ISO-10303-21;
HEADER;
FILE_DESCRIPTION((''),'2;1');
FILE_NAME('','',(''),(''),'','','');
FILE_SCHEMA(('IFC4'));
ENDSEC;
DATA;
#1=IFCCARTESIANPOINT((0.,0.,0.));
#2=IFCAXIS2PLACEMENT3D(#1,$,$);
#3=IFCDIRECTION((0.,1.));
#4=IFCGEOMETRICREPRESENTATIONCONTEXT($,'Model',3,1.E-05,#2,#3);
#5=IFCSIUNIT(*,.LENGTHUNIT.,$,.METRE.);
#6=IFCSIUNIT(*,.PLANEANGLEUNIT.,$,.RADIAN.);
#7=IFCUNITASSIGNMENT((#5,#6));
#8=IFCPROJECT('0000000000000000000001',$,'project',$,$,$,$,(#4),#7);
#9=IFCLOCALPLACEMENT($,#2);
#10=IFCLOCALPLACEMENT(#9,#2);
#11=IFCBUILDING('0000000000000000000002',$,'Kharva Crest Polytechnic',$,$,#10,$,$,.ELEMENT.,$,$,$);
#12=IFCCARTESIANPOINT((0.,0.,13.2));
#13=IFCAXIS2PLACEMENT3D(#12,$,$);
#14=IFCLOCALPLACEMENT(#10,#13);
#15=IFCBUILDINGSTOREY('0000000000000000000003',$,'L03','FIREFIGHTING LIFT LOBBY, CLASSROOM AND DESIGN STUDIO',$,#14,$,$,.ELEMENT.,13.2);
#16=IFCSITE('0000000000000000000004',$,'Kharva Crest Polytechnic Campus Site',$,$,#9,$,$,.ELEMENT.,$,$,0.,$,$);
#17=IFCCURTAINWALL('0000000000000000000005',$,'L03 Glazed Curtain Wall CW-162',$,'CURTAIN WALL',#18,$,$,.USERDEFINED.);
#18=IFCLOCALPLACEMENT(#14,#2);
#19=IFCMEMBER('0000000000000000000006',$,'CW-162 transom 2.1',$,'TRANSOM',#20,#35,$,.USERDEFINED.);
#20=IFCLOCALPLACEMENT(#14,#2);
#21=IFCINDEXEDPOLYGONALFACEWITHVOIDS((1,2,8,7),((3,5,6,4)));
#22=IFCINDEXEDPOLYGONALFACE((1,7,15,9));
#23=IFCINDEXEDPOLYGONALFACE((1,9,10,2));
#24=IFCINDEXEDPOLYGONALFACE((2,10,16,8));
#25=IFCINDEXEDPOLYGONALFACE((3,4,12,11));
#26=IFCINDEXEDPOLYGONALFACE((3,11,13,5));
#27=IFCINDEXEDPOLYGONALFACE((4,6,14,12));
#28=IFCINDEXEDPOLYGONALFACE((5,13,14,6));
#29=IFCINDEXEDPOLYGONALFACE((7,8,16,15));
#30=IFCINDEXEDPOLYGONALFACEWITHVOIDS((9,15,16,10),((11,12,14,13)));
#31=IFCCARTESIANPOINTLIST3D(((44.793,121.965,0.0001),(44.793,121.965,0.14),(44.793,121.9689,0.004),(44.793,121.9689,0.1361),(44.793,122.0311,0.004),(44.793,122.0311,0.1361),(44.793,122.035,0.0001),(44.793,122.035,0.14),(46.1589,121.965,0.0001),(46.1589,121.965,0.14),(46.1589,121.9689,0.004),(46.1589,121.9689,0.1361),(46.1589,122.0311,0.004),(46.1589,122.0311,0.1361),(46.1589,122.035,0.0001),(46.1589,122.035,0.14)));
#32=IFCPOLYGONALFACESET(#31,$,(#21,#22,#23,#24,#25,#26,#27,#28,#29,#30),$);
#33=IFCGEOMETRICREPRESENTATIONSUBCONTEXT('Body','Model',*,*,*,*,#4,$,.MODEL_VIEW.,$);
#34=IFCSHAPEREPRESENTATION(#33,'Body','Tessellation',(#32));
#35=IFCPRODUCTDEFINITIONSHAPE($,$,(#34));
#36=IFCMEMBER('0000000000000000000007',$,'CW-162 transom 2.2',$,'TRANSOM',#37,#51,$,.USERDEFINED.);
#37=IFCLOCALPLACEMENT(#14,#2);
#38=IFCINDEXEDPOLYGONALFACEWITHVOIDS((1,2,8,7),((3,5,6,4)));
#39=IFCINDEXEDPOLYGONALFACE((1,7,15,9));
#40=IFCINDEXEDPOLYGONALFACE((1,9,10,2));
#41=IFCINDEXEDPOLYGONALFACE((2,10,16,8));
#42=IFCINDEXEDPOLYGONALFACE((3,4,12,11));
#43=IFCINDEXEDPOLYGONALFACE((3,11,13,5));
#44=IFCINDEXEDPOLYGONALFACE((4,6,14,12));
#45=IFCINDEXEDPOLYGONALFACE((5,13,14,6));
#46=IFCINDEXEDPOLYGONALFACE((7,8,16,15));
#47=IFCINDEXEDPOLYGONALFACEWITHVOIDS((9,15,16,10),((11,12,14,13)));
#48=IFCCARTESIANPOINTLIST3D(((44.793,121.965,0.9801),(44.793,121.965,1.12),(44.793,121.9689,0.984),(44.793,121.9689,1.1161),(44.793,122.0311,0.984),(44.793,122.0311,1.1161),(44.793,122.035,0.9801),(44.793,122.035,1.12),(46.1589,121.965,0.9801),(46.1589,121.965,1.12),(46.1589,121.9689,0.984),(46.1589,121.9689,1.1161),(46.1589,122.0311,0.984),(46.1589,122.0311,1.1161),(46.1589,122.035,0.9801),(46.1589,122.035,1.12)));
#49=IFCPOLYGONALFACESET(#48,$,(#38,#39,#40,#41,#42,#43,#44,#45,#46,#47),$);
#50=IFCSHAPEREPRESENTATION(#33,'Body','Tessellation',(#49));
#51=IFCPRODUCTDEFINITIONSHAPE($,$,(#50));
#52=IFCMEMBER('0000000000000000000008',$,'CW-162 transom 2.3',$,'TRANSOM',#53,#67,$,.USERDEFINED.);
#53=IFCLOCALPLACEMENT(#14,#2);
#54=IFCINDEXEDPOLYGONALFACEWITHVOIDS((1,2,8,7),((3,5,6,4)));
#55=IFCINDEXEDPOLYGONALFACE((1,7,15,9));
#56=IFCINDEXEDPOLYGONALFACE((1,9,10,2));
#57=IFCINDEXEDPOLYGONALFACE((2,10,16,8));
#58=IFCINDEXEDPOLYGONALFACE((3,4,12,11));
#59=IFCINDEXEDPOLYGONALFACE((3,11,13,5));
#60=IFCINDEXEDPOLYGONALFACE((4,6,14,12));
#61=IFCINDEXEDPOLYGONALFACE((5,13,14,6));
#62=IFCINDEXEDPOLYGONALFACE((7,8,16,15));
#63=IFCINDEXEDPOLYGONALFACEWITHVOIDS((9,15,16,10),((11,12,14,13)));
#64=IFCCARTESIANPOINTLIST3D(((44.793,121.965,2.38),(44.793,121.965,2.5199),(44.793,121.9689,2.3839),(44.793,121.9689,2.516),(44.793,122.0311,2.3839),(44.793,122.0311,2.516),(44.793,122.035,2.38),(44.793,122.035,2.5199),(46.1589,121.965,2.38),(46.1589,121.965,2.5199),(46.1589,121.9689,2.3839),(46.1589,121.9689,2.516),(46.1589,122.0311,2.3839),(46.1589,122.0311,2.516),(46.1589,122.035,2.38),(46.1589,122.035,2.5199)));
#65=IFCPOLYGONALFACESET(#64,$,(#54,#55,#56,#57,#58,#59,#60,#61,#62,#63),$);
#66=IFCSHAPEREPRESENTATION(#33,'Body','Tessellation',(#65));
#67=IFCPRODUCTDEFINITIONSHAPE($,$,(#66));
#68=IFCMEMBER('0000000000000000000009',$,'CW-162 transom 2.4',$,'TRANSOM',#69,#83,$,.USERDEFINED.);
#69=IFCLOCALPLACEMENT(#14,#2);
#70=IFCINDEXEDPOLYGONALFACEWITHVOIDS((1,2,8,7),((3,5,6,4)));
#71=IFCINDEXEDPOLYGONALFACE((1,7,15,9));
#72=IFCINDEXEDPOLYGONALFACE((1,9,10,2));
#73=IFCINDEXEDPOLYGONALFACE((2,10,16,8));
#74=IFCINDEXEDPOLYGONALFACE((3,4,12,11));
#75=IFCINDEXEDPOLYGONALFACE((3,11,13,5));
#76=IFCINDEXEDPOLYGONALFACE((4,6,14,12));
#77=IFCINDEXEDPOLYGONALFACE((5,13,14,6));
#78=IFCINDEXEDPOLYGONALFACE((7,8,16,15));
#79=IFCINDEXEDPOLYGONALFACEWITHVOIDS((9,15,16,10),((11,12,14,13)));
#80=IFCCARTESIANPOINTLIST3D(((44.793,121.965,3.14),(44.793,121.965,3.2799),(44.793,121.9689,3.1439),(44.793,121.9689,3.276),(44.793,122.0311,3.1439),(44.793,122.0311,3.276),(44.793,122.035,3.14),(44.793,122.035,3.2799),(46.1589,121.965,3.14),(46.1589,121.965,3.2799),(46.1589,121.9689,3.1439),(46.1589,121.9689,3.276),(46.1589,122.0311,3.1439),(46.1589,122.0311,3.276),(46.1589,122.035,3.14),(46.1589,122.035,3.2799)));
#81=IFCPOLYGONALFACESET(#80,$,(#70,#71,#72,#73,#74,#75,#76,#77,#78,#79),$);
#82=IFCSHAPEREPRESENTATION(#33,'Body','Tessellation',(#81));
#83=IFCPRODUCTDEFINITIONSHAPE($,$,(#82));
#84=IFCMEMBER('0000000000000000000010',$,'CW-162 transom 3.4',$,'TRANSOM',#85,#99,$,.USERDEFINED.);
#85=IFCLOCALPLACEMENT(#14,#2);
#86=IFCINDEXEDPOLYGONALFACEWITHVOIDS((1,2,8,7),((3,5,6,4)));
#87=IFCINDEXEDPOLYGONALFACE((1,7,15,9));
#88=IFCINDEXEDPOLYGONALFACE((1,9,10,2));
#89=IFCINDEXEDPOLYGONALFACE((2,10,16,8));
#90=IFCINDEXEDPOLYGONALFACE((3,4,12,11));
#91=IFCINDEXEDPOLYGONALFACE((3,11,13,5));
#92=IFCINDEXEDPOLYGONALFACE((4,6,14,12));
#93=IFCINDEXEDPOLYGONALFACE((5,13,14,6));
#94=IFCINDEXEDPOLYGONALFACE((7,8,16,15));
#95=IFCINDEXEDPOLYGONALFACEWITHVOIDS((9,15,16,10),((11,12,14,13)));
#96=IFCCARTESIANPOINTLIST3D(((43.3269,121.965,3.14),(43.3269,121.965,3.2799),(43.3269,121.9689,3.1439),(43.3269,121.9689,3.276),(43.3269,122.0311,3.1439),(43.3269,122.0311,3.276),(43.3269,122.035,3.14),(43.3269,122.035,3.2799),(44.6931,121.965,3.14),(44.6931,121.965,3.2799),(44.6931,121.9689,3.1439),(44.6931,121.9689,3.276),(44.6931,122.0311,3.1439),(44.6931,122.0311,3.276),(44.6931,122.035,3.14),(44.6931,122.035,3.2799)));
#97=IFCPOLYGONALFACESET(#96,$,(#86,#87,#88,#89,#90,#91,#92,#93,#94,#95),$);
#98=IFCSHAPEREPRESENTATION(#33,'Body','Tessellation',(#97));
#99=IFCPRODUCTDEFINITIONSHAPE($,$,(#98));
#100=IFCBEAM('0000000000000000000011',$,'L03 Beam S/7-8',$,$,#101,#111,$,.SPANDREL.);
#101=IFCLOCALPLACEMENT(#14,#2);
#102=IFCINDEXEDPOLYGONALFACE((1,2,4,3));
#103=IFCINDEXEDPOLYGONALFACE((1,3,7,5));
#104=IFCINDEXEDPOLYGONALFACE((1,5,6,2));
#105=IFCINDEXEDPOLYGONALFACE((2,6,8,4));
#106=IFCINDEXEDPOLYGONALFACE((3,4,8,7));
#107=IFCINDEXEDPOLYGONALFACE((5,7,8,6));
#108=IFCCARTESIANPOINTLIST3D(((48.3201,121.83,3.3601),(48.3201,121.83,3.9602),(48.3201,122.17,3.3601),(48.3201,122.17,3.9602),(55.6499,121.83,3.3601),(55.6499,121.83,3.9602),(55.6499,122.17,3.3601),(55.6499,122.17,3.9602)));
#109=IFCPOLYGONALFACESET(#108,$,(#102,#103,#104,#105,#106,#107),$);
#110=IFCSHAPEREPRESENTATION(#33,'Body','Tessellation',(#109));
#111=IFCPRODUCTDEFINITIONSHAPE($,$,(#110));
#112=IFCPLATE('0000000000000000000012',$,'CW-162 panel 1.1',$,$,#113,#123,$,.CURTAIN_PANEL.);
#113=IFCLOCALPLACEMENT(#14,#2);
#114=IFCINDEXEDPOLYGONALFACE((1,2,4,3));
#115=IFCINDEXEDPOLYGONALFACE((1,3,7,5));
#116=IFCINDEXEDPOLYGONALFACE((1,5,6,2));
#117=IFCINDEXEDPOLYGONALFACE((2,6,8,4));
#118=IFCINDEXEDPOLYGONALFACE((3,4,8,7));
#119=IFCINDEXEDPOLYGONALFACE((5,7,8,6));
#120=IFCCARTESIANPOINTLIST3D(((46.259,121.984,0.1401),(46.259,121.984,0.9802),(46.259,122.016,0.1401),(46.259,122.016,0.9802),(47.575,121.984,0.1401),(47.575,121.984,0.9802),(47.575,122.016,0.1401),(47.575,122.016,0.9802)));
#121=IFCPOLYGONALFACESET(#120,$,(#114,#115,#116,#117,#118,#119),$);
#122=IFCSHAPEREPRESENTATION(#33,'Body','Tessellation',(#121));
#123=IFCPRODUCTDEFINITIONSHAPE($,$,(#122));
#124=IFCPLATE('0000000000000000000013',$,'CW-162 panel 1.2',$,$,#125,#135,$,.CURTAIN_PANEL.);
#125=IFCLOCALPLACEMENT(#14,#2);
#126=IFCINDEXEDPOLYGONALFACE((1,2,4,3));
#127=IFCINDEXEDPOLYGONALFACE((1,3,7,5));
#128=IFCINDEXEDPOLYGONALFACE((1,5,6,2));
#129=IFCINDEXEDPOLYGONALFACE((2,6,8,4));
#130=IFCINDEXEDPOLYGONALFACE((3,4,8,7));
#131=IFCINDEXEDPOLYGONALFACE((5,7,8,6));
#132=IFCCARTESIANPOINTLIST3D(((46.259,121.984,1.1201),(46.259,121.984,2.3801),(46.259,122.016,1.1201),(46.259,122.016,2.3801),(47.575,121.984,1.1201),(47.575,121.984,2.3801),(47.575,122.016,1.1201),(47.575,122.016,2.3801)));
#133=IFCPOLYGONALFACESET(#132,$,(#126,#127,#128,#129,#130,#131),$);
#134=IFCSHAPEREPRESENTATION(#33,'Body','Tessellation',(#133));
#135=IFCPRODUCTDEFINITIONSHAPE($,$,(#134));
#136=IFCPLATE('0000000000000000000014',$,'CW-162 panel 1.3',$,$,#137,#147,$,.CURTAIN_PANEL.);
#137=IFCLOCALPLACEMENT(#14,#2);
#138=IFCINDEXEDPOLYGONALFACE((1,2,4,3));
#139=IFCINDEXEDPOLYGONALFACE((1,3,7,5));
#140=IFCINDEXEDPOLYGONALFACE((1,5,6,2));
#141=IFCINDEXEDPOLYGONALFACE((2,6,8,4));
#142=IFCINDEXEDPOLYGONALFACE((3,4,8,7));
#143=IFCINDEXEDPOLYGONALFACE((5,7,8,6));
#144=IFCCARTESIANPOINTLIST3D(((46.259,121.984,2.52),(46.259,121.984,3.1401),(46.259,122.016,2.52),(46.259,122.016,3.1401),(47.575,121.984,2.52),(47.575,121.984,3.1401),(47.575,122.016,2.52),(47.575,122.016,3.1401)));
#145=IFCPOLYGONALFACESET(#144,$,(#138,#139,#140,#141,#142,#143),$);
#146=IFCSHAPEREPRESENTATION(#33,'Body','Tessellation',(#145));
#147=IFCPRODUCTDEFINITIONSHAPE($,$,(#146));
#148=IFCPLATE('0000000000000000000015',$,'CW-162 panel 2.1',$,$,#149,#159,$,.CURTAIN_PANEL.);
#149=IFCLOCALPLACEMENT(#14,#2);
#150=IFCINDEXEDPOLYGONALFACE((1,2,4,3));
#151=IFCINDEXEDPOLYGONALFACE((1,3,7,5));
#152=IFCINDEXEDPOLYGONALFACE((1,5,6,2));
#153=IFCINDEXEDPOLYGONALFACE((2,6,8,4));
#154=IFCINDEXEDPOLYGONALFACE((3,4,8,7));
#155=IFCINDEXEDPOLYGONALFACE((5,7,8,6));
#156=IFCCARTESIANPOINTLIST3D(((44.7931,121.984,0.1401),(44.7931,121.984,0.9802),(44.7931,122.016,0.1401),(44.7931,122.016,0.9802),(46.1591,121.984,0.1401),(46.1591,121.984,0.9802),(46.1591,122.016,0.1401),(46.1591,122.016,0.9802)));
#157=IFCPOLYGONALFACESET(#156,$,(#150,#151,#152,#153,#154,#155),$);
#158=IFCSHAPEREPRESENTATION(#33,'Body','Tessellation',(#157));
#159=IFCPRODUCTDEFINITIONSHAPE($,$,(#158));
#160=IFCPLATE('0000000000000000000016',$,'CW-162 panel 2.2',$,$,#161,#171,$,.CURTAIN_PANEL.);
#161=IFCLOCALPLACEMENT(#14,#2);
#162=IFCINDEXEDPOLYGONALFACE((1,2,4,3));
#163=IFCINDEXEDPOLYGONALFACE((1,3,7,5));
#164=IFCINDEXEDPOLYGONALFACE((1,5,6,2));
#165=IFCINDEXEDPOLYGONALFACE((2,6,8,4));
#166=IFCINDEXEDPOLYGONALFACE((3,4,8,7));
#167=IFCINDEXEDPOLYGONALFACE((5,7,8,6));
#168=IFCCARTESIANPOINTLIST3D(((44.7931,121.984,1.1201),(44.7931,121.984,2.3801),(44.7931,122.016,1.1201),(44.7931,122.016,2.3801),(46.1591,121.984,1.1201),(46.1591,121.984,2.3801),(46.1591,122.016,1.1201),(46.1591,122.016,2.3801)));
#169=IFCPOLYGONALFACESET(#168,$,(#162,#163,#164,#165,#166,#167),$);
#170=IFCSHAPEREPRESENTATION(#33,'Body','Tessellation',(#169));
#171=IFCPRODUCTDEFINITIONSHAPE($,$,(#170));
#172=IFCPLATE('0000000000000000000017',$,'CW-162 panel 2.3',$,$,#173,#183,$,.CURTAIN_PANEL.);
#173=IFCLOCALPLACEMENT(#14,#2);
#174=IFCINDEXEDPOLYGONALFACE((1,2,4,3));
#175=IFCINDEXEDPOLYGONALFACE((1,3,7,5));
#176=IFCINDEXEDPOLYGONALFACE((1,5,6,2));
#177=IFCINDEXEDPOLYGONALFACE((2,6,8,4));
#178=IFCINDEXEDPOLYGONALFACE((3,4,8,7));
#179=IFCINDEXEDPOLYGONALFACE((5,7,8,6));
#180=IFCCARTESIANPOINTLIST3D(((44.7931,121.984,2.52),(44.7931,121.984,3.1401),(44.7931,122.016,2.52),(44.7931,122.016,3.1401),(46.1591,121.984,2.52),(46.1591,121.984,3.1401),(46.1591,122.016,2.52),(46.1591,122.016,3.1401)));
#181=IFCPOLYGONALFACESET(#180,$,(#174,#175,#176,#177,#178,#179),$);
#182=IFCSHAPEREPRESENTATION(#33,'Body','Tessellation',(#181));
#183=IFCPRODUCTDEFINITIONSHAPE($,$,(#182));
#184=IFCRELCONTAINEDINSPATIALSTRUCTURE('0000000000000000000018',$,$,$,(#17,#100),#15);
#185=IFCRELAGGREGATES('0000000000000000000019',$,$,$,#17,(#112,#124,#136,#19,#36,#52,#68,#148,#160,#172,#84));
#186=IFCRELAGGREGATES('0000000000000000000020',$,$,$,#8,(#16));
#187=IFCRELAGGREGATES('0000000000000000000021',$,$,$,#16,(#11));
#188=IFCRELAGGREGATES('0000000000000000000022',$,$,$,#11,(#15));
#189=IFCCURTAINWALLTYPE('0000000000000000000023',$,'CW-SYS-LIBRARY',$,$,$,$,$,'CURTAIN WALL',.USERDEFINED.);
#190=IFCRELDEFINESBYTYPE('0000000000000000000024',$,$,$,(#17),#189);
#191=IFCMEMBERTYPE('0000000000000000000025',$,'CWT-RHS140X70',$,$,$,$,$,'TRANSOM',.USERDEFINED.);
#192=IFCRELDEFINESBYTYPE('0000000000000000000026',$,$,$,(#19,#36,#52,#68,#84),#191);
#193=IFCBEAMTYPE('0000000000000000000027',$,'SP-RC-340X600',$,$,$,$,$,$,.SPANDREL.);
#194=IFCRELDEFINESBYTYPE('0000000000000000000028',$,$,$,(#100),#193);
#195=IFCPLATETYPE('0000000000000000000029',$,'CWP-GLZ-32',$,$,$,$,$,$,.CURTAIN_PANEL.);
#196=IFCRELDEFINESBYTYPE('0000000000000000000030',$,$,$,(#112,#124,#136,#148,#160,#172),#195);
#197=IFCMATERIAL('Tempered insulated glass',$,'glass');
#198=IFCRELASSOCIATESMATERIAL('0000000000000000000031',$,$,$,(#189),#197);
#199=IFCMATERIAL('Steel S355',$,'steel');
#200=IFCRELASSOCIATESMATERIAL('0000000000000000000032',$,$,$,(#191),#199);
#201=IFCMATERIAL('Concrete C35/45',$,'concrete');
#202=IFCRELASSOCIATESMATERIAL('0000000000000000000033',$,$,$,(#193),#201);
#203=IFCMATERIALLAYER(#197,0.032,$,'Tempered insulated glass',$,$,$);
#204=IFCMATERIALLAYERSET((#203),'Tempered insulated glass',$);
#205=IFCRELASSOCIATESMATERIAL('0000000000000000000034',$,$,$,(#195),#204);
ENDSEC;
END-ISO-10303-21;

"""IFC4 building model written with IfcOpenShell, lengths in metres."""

from ifc_helpers import new_model, si_unit, direction, frame, origin, origin_2d, place, context, subcontext, project, spatial, rectangle, hollow_rectangle, extrude, material, layer, layer_set, material_profile, profile_set, type_object, element, aggregate, save


model = new_model("IFC4")

# Units and contexts
model_context = context("Model", 3, precision=1e-05, world=origin(), true_north=direction((0.0, 1.0)))
body_context = subcontext(model_context, "Body", "Model", "MODEL_VIEW")
ifc_project = project(units=[si_unit("LENGTHUNIT", "METRE"), si_unit("PLANEANGLEUNIT", "RADIAN")], contexts=[model_context])

# Site, building, storey
site_placement = place(None, origin())
site = spatial("IfcSite", under=ifc_project, at=site_placement, Name="Kharva Crest Polytechnic Campus Site", CompositionType="ELEMENT", RefElevation=0.0)
building_placement = place(site_placement, origin())
building = spatial("IfcBuilding", under=site, at=building_placement, Name="Kharva Crest Polytechnic", CompositionType="ELEMENT")
storey_placement = place(building_placement, frame((0.0, 0.0, 13.2)))
storey = spatial("IfcBuildingStorey", under=building, at=storey_placement, Name="L03", Description="FIREFIGHTING LIFT LOBBY, CLASSROOM AND DESIGN STUDIO", CompositionType="ELEMENT", Elevation=13.2)

# Curtain wall, members
ifc_material_1 = material(Name="Tempered insulated glass", Category="glass")
curtain_wall_type = type_object("IfcCurtainWallType", Name="CW-SYS-LIBRARY", ElementType="CURTAIN WALL", PredefinedType="USERDEFINED", material=ifc_material_1)
curtain_wall_placement = place(storey_placement, origin())
curtain_wall = element("IfcCurtainWall", 1, at=curtain_wall_placement, inside=storey, type_object=curtain_wall_type, Name="L03 Glazed Curtain Wall CW-162", ObjectType="CURTAIN WALL", PredefinedType="USERDEFINED")
ifc_material_2 = material(Name="Steel S355", Category="steel")
ifc_material_profile_1 = material_profile(ifc_material_2, hollow_rectangle(XDim=0.0701, YDim=0.1399, WallThickness=0.0039, at=origin_2d()), Name="RHS 140X70X4.0")
ifc_profile_set_1 = profile_set([ifc_material_profile_1], Name="Steel S355")
member_type_1 = type_object("IfcMemberType", Name="CWT-RHS140X70", ElementType="TRANSOM", PredefinedType="USERDEFINED", material=ifc_profile_set_1)
member_1_placement = place(storey_placement, frame((46.1589, 122.0, 0.0701), z_axis=(-1.0, 0.0, 0.0), x_axis=(0.0, -1.0, 0.0)))
member_1 = element("IfcMember", 2, at=member_1_placement, type_object=member_type_1, Name="CW-162 transom 2.1", ObjectType="TRANSOM", PredefinedType="USERDEFINED", context=body_context, shape_type="SweptSolid", body=[
    extrude(hollow_rectangle(XDim=0.0701, YDim=0.1399, WallThickness=0.0039, at=origin_2d()), origin(), (0.0, 0.0, 1.0), 1.366),
])
member_2_placement = place(storey_placement, frame((46.1589, 122.0, 1.05), z_axis=(-1.0, 0.0, 0.0), x_axis=(0.0, -1.0, 0.0)))
member_2 = element("IfcMember", 3, at=member_2_placement, type_object=member_type_1, Name="CW-162 transom 2.2", ObjectType="TRANSOM", PredefinedType="USERDEFINED", context=body_context, shape_type="SweptSolid", body=[
    extrude(hollow_rectangle(XDim=0.0701, YDim=0.1399, WallThickness=0.0039, at=origin_2d()), origin(), (0.0, 0.0, 1.0), 1.366),
])
member_3_placement = place(storey_placement, frame((46.1589, 122.0, 2.45), z_axis=(-1.0, 0.0, 0.0), x_axis=(0.0, -1.0, 0.0)))
member_3 = element("IfcMember", 4, at=member_3_placement, type_object=member_type_1, Name="CW-162 transom 2.3", ObjectType="TRANSOM", PredefinedType="USERDEFINED", context=body_context, shape_type="SweptSolid", body=[
    extrude(hollow_rectangle(XDim=0.0701, YDim=0.1399, WallThickness=0.0039, at=origin_2d()), origin(), (0.0, 0.0, 1.0), 1.366),
])
member_4_placement = place(storey_placement, frame((46.1589, 122.0, 3.21), z_axis=(-1.0, 0.0, 0.0), x_axis=(0.0, -1.0, 0.0)))
member_4 = element("IfcMember", 5, at=member_4_placement, type_object=member_type_1, Name="CW-162 transom 2.4", ObjectType="TRANSOM", PredefinedType="USERDEFINED", context=body_context, shape_type="SweptSolid", body=[
    extrude(hollow_rectangle(XDim=0.0701, YDim=0.1399, WallThickness=0.0039, at=origin_2d()), origin(), (0.0, 0.0, 1.0), 1.366),
])
member_5_placement = place(storey_placement, frame((44.6931, 122.0, 3.21), z_axis=(-1.0, 0.0, 0.0), x_axis=(0.0, -1.0, 0.0)))
member_5 = element("IfcMember", 6, at=member_5_placement, type_object=member_type_1, Name="CW-162 transom 3.4", ObjectType="TRANSOM", PredefinedType="USERDEFINED", context=body_context, shape_type="SweptSolid", body=[
    extrude(hollow_rectangle(XDim=0.0701, YDim=0.1399, WallThickness=0.0039, at=origin_2d()), origin(), (0.0, 0.0, 1.0), 1.3662),
])

# Beam
ifc_material_3 = material(Name="Concrete C35/45", Category="concrete")
ifc_material_profile_2 = material_profile(ifc_material_3, rectangle(XDim=0.3401, YDim=0.6001, at=origin_2d()), Name="RECT 340 X 600")
ifc_profile_set_2 = profile_set([ifc_material_profile_2], Name="Concrete C35/45")
beam_type = type_object("IfcBeamType", Name="SP-RC-340X600", PredefinedType="SPANDREL", material=ifc_profile_set_2)
beam_placement = place(storey_placement, frame((48.3201, 122.0, 3.6602), z_axis=(1.0, 0.0, 0.0), x_axis=(0.0, 1.0, 0.0)))
element("IfcBeam", 7, at=beam_placement, inside=storey, type_object=beam_type, Name="L03 Beam S/7-8", PredefinedType="SPANDREL", context=body_context, shape_type="SweptSolid", body=[
    extrude(rectangle(XDim=0.3401, YDim=0.6001, at=origin_2d()), origin(), (0.0, 0.0, 1.0), 7.3298),
])

# Plates
ifc_layer_1 = layer(ifc_material_1, 0.032, Name="Tempered insulated glass")
ifc_layer_set_1 = layer_set([ifc_layer_1], Name="Tempered insulated glass")
plate_type = type_object("IfcPlateType", Name="CWP-GLZ-32", PredefinedType="CURTAIN_PANEL", material=ifc_layer_set_1)
plate_1_placement = place(storey_placement, frame((46.917, 122.0, 0.1401), z_axis=(0.0, 0.0, 1.0), x_axis=(-1.0, 0.0, 0.0)))
plate_1 = element("IfcPlate", 8, at=plate_1_placement, type_object=plate_type, Name="CW-162 panel 1.1", PredefinedType="CURTAIN_PANEL", context=body_context, shape_type="SweptSolid", body=[
    extrude(rectangle(XDim=1.3159, YDim=0.032, at=origin_2d()), origin(), (0.0, 0.0, 1.0), 0.8401),
])
plate_2_placement = place(storey_placement, frame((46.917, 122.0, 1.1201), z_axis=(0.0, 0.0, 1.0), x_axis=(-1.0, 0.0, 0.0)))
plate_2 = element("IfcPlate", 9, at=plate_2_placement, type_object=plate_type, Name="CW-162 panel 1.2", PredefinedType="CURTAIN_PANEL", context=body_context, shape_type="SweptSolid", body=[
    extrude(rectangle(XDim=1.3159, YDim=0.032, at=origin_2d()), origin(), (0.0, 0.0, 1.0), 1.26),
])
plate_3_placement = place(storey_placement, frame((46.917, 122.0, 2.52), z_axis=(0.0, 0.0, 1.0), x_axis=(-1.0, 0.0, 0.0)))
plate_3 = element("IfcPlate", 10, at=plate_3_placement, type_object=plate_type, Name="CW-162 panel 1.3", PredefinedType="CURTAIN_PANEL", context=body_context, shape_type="SweptSolid", body=[
    extrude(rectangle(XDim=1.3159, YDim=0.032, at=origin_2d()), origin(), (0.0, 0.0, 1.0), 0.6201),
])
plate_4_placement = place(storey_placement, frame((45.4761, 122.0, 0.1401), z_axis=(0.0, 0.0, 1.0), x_axis=(-1.0, 0.0, 0.0)))
plate_4 = element("IfcPlate", 11, at=plate_4_placement, type_object=plate_type, Name="CW-162 panel 2.1", PredefinedType="CURTAIN_PANEL", context=body_context, shape_type="SweptSolid", body=[
    extrude(rectangle(XDim=1.366, YDim=0.032, at=origin_2d()), origin(), (0.0, 0.0, 1.0), 0.8401),
])
plate_5_placement = place(storey_placement, frame((45.4761, 122.0, 1.1201), z_axis=(0.0, 0.0, 1.0), x_axis=(-1.0, 0.0, 0.0)))
plate_5 = element("IfcPlate", 12, at=plate_5_placement, type_object=plate_type, Name="CW-162 panel 2.2", PredefinedType="CURTAIN_PANEL", context=body_context, shape_type="SweptSolid", body=[
    extrude(rectangle(XDim=1.366, YDim=0.032, at=origin_2d()), origin(), (0.0, 0.0, 1.0), 1.26),
])
plate_6_placement = place(storey_placement, frame((45.4761, 122.0, 2.52), z_axis=(0.0, 0.0, 1.0), x_axis=(-1.0, 0.0, 0.0)))
plate_6 = element("IfcPlate", 13, at=plate_6_placement, type_object=plate_type, Name="CW-162 panel 2.3", PredefinedType="CURTAIN_PANEL", context=body_context, shape_type="SweptSolid", body=[
    extrude(rectangle(XDim=1.366, YDim=0.032, at=origin_2d()), origin(), (0.0, 0.0, 1.0), 0.6201),
])
aggregate(curtain_wall, [plate_1, plate_2, plate_3, member_1, member_2, member_3, member_4, plate_4, plate_5, plate_6, member_5])

save(model, "model.ifc")
